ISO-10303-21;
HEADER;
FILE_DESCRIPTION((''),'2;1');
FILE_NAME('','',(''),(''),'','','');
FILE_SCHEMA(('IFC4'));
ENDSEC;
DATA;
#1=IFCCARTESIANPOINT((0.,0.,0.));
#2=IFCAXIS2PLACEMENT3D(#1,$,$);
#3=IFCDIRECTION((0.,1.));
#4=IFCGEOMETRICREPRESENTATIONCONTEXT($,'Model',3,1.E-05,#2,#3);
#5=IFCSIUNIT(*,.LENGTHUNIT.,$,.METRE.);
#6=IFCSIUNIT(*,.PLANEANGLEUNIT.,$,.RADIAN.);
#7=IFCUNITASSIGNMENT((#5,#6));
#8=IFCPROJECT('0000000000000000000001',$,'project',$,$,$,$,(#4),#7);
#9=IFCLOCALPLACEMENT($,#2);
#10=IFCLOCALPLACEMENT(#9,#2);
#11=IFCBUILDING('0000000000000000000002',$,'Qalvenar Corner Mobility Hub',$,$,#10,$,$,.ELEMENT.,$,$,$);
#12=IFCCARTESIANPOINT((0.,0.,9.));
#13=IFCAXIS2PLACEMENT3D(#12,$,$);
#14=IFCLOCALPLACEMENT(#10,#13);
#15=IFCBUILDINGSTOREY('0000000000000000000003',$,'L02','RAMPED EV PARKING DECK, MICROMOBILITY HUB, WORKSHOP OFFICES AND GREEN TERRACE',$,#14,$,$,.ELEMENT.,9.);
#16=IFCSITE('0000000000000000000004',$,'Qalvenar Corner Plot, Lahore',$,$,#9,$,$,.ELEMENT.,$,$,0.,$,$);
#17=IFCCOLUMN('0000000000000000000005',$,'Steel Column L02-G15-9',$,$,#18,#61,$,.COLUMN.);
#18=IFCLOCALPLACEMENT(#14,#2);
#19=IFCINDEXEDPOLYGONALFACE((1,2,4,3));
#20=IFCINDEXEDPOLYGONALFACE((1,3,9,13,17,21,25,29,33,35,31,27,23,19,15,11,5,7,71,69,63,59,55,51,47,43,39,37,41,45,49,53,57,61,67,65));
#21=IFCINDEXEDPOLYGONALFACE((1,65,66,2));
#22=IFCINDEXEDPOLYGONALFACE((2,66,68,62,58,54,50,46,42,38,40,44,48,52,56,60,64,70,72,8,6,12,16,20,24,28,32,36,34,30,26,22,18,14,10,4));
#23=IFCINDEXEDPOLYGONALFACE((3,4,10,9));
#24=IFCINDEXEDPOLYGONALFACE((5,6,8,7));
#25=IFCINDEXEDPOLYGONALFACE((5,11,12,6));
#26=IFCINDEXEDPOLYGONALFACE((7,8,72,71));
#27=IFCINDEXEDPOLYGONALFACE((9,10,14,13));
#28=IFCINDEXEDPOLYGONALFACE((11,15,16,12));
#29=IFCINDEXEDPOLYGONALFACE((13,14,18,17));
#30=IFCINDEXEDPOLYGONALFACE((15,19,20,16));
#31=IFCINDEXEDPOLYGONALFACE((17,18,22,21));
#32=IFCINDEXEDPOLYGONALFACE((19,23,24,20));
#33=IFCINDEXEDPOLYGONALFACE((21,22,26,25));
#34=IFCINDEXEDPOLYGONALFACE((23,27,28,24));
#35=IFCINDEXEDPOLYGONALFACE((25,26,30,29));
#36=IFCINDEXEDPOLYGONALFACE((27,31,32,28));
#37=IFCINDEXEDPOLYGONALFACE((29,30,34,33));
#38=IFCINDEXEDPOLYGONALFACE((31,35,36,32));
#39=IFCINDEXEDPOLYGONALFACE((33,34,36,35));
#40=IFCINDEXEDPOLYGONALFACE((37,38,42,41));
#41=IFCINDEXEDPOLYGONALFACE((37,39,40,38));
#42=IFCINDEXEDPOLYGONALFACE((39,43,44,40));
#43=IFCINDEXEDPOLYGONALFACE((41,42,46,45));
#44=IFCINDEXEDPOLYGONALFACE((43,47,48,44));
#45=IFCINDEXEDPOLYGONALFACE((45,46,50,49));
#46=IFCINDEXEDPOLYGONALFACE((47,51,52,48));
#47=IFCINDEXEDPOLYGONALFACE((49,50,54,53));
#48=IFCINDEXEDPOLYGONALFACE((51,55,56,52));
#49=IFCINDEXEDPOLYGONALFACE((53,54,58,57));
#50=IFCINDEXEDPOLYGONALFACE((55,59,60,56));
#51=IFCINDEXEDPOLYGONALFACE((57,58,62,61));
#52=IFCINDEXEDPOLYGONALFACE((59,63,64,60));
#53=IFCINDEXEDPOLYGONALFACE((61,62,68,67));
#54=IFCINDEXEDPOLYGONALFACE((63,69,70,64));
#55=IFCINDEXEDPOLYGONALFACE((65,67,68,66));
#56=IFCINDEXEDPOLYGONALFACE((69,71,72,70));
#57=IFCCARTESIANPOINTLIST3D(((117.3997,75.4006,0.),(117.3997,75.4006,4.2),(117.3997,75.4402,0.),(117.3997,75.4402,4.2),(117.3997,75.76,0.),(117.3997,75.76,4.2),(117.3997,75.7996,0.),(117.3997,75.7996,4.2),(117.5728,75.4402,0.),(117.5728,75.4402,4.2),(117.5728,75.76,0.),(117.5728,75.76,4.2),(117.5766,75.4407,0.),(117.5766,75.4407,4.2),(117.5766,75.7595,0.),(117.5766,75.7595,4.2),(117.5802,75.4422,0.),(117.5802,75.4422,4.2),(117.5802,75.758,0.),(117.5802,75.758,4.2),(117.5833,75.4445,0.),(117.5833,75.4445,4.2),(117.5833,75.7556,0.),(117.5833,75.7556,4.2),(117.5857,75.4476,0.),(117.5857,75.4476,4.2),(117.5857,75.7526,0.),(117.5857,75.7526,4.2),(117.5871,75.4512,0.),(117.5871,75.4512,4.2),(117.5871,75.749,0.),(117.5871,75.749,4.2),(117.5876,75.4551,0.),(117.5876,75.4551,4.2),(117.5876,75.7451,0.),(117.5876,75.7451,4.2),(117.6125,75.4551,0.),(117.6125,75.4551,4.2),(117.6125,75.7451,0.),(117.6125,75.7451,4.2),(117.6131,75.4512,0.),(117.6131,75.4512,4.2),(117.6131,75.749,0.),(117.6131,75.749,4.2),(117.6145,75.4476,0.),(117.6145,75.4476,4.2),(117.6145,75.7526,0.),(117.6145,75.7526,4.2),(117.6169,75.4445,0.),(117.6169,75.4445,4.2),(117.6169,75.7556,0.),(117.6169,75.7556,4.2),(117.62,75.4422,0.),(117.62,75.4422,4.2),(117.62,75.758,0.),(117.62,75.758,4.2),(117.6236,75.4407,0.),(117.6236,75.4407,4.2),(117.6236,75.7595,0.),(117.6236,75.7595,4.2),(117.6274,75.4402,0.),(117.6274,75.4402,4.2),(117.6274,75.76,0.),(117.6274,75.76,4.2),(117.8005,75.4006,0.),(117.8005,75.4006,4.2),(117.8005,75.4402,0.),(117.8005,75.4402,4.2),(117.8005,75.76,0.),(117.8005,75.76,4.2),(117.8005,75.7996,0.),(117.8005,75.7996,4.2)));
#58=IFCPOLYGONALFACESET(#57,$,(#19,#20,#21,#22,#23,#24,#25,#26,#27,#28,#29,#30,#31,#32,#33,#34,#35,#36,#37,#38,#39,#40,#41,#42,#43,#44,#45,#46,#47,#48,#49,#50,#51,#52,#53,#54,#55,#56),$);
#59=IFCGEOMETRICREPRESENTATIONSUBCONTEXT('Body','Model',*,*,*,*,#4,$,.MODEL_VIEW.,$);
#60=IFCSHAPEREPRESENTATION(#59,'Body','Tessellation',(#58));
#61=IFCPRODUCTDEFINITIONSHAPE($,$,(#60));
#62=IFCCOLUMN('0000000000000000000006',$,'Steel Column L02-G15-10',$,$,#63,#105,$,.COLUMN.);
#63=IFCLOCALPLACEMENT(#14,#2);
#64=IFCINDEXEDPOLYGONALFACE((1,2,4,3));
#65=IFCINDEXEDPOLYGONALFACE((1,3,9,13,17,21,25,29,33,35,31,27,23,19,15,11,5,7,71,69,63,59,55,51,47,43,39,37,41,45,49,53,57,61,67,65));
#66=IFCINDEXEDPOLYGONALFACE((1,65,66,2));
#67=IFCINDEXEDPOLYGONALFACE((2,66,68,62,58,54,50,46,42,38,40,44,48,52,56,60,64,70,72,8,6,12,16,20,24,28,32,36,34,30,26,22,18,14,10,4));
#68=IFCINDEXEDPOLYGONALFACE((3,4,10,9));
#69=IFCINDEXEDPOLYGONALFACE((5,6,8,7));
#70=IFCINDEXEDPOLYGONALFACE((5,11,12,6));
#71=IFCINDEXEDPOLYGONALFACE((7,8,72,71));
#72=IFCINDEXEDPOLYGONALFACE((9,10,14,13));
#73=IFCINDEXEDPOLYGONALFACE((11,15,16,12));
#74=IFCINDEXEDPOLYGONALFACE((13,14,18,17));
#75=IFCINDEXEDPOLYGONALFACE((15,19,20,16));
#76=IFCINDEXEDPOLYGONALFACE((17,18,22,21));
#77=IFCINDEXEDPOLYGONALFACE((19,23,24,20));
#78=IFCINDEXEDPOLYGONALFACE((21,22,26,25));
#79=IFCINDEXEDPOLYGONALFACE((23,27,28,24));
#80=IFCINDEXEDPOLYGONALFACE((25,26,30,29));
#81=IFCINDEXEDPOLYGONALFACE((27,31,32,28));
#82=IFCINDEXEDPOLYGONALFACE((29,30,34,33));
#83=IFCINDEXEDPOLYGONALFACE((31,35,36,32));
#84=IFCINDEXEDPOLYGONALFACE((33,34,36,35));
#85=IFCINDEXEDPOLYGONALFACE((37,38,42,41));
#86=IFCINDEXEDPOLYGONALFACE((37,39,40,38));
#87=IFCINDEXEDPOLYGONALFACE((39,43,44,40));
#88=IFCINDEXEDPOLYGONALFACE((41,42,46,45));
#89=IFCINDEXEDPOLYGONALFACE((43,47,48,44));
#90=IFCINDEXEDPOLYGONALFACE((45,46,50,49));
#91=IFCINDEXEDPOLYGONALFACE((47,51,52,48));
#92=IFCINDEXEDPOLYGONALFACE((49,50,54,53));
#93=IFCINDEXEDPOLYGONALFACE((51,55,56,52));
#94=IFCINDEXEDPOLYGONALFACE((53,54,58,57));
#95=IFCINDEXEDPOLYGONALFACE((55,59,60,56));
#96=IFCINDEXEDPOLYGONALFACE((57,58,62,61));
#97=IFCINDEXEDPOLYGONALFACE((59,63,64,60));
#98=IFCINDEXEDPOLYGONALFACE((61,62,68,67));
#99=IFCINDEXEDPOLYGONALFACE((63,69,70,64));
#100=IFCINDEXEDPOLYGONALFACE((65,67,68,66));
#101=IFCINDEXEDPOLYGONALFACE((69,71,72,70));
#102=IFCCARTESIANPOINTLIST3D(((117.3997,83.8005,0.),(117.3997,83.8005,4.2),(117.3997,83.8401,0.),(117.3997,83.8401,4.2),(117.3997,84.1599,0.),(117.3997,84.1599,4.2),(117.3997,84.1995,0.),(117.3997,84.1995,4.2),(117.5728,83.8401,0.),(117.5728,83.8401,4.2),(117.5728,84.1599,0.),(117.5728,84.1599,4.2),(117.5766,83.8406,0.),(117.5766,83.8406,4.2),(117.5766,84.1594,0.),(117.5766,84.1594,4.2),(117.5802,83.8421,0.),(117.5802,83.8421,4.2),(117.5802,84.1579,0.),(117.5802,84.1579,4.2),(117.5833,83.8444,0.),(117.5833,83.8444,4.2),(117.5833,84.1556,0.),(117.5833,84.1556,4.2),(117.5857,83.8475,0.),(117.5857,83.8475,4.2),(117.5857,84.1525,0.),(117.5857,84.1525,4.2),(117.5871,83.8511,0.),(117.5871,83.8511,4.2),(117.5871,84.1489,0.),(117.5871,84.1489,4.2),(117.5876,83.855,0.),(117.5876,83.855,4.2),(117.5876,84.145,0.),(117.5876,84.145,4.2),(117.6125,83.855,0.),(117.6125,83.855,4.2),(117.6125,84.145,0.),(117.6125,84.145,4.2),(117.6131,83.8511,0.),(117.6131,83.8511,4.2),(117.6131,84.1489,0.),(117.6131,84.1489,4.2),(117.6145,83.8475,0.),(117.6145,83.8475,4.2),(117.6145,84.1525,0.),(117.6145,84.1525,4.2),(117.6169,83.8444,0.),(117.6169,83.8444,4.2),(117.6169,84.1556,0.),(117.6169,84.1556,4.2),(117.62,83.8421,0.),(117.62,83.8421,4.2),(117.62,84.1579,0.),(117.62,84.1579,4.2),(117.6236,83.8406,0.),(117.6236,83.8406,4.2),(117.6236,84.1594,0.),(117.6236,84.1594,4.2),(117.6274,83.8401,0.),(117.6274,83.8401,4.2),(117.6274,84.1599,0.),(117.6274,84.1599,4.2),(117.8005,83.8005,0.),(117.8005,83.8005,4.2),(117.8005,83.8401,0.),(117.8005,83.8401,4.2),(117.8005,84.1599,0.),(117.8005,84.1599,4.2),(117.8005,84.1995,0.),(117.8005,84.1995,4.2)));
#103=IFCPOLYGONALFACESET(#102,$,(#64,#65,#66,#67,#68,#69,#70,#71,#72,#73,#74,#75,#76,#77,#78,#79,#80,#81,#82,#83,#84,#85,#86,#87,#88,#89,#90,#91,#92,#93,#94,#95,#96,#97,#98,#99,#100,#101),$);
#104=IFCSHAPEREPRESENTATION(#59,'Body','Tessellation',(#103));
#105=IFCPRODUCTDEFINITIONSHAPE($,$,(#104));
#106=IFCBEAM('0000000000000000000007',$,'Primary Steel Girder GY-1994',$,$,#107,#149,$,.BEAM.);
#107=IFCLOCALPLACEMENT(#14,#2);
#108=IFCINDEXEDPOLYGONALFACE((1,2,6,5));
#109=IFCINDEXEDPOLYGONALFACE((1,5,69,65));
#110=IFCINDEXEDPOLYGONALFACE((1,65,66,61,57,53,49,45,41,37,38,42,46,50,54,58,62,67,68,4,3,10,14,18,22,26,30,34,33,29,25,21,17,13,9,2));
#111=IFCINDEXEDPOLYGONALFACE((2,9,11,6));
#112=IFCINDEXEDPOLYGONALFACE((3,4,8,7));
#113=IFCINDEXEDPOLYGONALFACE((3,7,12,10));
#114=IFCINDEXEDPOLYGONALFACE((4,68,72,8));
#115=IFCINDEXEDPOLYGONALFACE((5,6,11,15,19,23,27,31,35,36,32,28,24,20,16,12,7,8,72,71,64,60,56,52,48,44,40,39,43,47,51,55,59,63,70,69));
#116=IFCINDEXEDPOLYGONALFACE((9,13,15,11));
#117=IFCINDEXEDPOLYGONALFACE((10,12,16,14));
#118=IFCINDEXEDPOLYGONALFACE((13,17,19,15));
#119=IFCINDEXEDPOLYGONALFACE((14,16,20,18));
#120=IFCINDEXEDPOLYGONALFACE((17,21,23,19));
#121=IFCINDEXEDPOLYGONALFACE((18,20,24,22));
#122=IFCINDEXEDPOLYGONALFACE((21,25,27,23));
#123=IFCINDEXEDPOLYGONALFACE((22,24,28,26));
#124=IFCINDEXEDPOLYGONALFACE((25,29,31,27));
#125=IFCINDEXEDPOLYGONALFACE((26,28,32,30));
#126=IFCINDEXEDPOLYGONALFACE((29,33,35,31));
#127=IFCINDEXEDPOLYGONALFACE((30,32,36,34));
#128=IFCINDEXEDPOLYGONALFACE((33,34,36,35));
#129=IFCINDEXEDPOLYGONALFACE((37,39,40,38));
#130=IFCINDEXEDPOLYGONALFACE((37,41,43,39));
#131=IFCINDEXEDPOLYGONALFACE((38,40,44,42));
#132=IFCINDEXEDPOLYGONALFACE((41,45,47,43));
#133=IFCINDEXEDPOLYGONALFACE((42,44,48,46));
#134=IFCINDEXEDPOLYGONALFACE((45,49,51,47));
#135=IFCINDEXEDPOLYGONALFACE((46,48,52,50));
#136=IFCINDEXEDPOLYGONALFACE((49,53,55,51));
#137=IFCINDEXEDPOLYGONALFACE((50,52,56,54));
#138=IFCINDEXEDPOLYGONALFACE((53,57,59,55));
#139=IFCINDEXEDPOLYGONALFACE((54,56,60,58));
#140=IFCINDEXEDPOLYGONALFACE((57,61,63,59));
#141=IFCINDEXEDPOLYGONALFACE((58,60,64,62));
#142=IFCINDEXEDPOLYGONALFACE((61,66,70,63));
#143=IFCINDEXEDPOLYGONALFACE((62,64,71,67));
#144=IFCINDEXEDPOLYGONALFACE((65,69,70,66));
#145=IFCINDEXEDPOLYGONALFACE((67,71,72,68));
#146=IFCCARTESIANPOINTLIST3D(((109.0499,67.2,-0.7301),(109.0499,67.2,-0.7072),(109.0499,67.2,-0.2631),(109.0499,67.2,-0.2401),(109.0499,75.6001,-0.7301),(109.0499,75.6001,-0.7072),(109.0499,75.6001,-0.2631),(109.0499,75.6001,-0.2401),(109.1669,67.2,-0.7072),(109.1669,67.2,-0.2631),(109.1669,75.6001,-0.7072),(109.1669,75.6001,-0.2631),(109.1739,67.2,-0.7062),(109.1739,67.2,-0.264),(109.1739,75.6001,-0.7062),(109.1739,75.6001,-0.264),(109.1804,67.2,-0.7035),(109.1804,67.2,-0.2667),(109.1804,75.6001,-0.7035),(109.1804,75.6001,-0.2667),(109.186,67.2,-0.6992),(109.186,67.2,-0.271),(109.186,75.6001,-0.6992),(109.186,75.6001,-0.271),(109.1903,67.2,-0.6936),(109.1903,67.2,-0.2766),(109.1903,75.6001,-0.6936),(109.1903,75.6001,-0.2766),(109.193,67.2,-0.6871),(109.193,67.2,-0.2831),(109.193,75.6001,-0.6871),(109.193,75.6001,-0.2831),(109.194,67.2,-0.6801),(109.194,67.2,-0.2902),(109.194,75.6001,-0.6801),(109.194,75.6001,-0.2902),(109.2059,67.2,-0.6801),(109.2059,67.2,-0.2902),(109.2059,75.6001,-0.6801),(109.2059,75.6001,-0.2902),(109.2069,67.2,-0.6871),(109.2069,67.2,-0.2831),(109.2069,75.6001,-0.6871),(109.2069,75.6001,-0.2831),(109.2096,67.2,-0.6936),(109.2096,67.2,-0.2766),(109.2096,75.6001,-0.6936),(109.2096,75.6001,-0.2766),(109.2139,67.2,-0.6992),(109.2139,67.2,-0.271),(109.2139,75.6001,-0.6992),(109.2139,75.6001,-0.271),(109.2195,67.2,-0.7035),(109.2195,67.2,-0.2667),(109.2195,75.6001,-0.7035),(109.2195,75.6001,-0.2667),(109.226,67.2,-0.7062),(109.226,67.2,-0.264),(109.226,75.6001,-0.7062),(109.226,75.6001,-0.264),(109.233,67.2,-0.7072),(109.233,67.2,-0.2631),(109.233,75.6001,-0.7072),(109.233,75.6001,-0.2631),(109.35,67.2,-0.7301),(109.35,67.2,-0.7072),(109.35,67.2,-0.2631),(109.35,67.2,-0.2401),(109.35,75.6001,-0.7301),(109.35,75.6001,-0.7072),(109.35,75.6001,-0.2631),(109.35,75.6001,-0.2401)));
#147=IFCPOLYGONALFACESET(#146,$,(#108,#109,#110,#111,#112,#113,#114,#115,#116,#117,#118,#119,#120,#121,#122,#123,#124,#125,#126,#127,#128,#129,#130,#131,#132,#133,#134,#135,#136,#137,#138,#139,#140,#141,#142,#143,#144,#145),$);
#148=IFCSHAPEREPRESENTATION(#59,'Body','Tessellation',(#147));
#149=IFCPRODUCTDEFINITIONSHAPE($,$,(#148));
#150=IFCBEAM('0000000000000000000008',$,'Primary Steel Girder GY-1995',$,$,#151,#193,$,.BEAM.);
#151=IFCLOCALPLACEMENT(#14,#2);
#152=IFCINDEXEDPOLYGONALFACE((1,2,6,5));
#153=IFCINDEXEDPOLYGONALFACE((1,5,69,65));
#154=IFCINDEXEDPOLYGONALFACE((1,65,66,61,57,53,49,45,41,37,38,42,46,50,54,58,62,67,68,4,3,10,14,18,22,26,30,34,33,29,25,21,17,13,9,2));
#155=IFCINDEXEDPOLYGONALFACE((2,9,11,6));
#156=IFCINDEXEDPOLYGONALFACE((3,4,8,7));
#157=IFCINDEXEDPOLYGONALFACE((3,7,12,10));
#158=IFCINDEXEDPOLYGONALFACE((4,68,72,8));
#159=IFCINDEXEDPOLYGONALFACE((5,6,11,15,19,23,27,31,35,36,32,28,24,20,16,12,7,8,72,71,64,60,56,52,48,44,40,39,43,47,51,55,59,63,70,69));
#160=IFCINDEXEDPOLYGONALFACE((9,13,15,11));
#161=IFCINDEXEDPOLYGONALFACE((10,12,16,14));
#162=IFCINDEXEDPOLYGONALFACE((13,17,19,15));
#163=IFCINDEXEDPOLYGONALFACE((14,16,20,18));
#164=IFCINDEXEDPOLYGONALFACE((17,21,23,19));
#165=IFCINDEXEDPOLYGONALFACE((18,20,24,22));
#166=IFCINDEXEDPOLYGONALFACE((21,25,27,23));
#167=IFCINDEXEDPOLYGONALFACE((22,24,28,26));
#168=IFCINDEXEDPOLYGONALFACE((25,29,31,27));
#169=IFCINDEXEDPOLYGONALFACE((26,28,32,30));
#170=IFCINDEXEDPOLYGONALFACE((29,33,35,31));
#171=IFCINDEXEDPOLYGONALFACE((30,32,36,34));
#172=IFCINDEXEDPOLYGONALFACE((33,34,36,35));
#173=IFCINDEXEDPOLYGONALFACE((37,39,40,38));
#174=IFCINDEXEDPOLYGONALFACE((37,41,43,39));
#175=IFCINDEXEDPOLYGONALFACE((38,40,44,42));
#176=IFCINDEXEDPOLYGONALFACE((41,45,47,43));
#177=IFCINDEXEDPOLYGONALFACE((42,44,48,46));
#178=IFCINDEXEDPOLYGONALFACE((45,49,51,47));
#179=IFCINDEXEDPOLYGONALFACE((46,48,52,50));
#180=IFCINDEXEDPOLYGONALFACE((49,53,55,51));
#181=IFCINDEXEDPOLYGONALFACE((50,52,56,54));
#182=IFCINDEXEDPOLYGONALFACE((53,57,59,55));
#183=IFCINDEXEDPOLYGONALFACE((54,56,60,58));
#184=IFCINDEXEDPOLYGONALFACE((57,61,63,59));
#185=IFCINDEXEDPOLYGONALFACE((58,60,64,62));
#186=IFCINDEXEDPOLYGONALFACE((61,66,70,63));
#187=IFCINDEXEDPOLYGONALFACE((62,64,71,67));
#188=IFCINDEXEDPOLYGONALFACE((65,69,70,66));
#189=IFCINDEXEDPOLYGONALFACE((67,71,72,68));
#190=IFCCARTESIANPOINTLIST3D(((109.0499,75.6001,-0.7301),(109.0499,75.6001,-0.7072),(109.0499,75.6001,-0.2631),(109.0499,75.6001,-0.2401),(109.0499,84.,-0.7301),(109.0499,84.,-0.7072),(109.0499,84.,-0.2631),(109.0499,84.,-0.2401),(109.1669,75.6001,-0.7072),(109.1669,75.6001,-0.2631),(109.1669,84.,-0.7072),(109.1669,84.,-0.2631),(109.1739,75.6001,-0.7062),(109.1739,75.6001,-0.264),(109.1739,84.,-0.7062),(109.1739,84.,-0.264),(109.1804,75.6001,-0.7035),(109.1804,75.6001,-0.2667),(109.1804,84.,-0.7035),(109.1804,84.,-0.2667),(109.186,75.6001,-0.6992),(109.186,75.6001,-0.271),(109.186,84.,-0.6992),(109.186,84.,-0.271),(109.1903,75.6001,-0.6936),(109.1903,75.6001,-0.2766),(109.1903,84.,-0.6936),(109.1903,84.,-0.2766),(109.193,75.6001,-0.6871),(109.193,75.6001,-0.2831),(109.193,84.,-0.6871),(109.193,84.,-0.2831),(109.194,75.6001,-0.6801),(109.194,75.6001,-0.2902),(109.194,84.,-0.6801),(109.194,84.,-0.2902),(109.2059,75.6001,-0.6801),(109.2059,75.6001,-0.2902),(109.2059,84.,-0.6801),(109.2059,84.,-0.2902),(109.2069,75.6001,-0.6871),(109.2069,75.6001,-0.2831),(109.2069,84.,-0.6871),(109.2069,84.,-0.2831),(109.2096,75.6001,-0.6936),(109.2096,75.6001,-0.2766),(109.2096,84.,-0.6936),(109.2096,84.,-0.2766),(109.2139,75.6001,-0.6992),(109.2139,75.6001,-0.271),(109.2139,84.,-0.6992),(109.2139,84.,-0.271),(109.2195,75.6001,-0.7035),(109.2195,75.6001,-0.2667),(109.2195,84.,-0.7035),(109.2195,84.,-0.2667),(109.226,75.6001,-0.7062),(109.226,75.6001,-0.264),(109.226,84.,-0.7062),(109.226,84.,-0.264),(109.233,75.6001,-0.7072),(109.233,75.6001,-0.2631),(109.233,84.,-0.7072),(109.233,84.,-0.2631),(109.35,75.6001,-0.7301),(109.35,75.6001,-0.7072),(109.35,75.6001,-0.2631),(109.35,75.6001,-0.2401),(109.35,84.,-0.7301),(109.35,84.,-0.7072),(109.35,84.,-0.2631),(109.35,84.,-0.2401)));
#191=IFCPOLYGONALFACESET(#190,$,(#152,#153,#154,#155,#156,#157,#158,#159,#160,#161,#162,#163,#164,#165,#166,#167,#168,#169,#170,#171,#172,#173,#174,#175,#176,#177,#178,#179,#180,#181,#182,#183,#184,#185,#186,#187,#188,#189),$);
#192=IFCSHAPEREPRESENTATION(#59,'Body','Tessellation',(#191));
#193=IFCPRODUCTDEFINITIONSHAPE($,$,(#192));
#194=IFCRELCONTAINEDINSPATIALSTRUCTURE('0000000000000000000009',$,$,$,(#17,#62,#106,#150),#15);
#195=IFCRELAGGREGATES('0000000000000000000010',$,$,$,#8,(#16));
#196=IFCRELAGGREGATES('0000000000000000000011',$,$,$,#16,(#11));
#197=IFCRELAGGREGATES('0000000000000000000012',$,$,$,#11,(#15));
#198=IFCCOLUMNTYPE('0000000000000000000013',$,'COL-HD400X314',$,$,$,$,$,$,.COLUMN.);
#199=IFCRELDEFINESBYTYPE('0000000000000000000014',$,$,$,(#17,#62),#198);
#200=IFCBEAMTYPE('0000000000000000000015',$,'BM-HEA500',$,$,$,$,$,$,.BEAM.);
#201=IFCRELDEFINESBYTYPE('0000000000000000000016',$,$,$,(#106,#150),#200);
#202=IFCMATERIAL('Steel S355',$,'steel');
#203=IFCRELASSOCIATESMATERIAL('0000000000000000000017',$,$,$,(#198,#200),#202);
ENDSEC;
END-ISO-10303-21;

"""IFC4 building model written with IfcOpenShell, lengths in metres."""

from ifc_helpers import new_model, si_unit, direction, frame, origin, origin_2d, place, context, subcontext, project, spatial, i_section, extrude, material, material_profile, profile_set, type_object, element, save


model = new_model("IFC4")

# Units and contexts
model_context = context("Model", 3, precision=1e-05, world=origin(), true_north=direction((0.0, 1.0)))
body_context = subcontext(model_context, "Body", "Model", "MODEL_VIEW")
ifc_project = project(units=[si_unit("LENGTHUNIT", "METRE"), si_unit("PLANEANGLEUNIT", "RADIAN")], contexts=[model_context])

# Site, building, storey
site_placement = place(None, origin())
site = spatial("IfcSite", under=ifc_project, at=site_placement, Name="Qalvenar Corner Plot, Lahore", CompositionType="ELEMENT", RefElevation=0.0)
building_placement = place(site_placement, origin())
building = spatial("IfcBuilding", under=site, at=building_placement, Name="Qalvenar Corner Mobility Hub", CompositionType="ELEMENT")
storey_placement = place(building_placement, frame((0.0, 0.0, 9.0)))
storey = spatial("IfcBuildingStorey", under=building, at=storey_placement, Name="L02", Description="RAMPED EV PARKING DECK, MICROMOBILITY HUB, WORKSHOP OFFICES AND GREEN TERRACE", CompositionType="ELEMENT", Elevation=9.0)

# Columns
ifc_material = material(Name="Steel S355", Category="steel")
ifc_material_profile_1 = material_profile(ifc_material, i_section(OverallWidth=0.4009, OverallDepth=0.3989, WebThickness=0.0249, FlangeThickness=0.0396, FilletRadius=0.0149, at=origin_2d()), Name="HD400x314")
ifc_profile_set_1 = profile_set([ifc_material_profile_1], Name="Steel S355")
column_type_1 = type_object("IfcColumnType", Name="COL-HD400X314", PredefinedType="COLUMN", material=ifc_profile_set_1)
for number, where, z_axis, x_axis, name in (
    (1, (117.6001, 75.6001, 0.0), (0.0, 0.0, 1.0), (1.0, 0.0, 0.0), "Steel Column L02-G15-9"),
    (2, (117.6001, 84.0, 0.0), (0.0, 0.0, 1.0), (1.0, 0.0, 0.0), "Steel Column L02-G15-10"),
):
    element("IfcColumn", number, at=place(storey_placement, frame(where, z_axis=z_axis, x_axis=x_axis)), inside=storey, type_object=column_type_1, Name=name, PredefinedType="COLUMN", context=body_context, shape_type="SweptSolid", body=[
        extrude(i_section(OverallWidth=0.4009, OverallDepth=0.3989, WebThickness=0.0249, FlangeThickness=0.0396, FilletRadius=0.0149, at=origin_2d()), origin(), (0.0, 0.0, 1.0), 4.2),
    ])

# Beams
ifc_material_profile_2 = material_profile(ifc_material, i_section(OverallWidth=0.3, OverallDepth=0.49, WebThickness=0.012, FlangeThickness=0.0229, FilletRadius=0.0271, at=origin_2d()), Name="HEA500")
ifc_profile_set_2 = profile_set([ifc_material_profile_2], Name="Steel S355")
beam_type_1 = type_object("IfcBeamType", Name="BM-HEA500", PredefinedType="BEAM", material=ifc_profile_set_2)
beam_1_placement = place(storey_placement, frame((109.2, 67.2, -0.4851), z_axis=(0.0, 1.0, 0.0), x_axis=(-1.0, 0.0, 0.0)))
element("IfcBeam", 3, at=beam_1_placement, inside=storey, type_object=beam_type_1, Name="Primary Steel Girder GY-1994", PredefinedType="BEAM", context=body_context, shape_type="SweptSolid", body=[
    extrude(i_section(OverallWidth=0.3, OverallDepth=0.49, WebThickness=0.012, FlangeThickness=0.0229, FilletRadius=0.0271, at=origin_2d()), origin(), (0.0, 0.0, 1.0), 8.4001),
])
beam_2_placement = place(storey_placement, frame((109.2, 75.6001, -0.4851), z_axis=(0.0, 1.0, 0.0), x_axis=(-1.0, 0.0, 0.0)))
element("IfcBeam", 4, at=beam_2_placement, inside=storey, type_object=beam_type_1, Name="Primary Steel Girder GY-1995", PredefinedType="BEAM", context=body_context, shape_type="SweptSolid", body=[
    extrude(i_section(OverallWidth=0.3, OverallDepth=0.49, WebThickness=0.012, FlangeThickness=0.0229, FilletRadius=0.0271, at=origin_2d()), origin(), (0.0, 0.0, 1.0), 8.3999),
])

save(model, "model.ifc")
